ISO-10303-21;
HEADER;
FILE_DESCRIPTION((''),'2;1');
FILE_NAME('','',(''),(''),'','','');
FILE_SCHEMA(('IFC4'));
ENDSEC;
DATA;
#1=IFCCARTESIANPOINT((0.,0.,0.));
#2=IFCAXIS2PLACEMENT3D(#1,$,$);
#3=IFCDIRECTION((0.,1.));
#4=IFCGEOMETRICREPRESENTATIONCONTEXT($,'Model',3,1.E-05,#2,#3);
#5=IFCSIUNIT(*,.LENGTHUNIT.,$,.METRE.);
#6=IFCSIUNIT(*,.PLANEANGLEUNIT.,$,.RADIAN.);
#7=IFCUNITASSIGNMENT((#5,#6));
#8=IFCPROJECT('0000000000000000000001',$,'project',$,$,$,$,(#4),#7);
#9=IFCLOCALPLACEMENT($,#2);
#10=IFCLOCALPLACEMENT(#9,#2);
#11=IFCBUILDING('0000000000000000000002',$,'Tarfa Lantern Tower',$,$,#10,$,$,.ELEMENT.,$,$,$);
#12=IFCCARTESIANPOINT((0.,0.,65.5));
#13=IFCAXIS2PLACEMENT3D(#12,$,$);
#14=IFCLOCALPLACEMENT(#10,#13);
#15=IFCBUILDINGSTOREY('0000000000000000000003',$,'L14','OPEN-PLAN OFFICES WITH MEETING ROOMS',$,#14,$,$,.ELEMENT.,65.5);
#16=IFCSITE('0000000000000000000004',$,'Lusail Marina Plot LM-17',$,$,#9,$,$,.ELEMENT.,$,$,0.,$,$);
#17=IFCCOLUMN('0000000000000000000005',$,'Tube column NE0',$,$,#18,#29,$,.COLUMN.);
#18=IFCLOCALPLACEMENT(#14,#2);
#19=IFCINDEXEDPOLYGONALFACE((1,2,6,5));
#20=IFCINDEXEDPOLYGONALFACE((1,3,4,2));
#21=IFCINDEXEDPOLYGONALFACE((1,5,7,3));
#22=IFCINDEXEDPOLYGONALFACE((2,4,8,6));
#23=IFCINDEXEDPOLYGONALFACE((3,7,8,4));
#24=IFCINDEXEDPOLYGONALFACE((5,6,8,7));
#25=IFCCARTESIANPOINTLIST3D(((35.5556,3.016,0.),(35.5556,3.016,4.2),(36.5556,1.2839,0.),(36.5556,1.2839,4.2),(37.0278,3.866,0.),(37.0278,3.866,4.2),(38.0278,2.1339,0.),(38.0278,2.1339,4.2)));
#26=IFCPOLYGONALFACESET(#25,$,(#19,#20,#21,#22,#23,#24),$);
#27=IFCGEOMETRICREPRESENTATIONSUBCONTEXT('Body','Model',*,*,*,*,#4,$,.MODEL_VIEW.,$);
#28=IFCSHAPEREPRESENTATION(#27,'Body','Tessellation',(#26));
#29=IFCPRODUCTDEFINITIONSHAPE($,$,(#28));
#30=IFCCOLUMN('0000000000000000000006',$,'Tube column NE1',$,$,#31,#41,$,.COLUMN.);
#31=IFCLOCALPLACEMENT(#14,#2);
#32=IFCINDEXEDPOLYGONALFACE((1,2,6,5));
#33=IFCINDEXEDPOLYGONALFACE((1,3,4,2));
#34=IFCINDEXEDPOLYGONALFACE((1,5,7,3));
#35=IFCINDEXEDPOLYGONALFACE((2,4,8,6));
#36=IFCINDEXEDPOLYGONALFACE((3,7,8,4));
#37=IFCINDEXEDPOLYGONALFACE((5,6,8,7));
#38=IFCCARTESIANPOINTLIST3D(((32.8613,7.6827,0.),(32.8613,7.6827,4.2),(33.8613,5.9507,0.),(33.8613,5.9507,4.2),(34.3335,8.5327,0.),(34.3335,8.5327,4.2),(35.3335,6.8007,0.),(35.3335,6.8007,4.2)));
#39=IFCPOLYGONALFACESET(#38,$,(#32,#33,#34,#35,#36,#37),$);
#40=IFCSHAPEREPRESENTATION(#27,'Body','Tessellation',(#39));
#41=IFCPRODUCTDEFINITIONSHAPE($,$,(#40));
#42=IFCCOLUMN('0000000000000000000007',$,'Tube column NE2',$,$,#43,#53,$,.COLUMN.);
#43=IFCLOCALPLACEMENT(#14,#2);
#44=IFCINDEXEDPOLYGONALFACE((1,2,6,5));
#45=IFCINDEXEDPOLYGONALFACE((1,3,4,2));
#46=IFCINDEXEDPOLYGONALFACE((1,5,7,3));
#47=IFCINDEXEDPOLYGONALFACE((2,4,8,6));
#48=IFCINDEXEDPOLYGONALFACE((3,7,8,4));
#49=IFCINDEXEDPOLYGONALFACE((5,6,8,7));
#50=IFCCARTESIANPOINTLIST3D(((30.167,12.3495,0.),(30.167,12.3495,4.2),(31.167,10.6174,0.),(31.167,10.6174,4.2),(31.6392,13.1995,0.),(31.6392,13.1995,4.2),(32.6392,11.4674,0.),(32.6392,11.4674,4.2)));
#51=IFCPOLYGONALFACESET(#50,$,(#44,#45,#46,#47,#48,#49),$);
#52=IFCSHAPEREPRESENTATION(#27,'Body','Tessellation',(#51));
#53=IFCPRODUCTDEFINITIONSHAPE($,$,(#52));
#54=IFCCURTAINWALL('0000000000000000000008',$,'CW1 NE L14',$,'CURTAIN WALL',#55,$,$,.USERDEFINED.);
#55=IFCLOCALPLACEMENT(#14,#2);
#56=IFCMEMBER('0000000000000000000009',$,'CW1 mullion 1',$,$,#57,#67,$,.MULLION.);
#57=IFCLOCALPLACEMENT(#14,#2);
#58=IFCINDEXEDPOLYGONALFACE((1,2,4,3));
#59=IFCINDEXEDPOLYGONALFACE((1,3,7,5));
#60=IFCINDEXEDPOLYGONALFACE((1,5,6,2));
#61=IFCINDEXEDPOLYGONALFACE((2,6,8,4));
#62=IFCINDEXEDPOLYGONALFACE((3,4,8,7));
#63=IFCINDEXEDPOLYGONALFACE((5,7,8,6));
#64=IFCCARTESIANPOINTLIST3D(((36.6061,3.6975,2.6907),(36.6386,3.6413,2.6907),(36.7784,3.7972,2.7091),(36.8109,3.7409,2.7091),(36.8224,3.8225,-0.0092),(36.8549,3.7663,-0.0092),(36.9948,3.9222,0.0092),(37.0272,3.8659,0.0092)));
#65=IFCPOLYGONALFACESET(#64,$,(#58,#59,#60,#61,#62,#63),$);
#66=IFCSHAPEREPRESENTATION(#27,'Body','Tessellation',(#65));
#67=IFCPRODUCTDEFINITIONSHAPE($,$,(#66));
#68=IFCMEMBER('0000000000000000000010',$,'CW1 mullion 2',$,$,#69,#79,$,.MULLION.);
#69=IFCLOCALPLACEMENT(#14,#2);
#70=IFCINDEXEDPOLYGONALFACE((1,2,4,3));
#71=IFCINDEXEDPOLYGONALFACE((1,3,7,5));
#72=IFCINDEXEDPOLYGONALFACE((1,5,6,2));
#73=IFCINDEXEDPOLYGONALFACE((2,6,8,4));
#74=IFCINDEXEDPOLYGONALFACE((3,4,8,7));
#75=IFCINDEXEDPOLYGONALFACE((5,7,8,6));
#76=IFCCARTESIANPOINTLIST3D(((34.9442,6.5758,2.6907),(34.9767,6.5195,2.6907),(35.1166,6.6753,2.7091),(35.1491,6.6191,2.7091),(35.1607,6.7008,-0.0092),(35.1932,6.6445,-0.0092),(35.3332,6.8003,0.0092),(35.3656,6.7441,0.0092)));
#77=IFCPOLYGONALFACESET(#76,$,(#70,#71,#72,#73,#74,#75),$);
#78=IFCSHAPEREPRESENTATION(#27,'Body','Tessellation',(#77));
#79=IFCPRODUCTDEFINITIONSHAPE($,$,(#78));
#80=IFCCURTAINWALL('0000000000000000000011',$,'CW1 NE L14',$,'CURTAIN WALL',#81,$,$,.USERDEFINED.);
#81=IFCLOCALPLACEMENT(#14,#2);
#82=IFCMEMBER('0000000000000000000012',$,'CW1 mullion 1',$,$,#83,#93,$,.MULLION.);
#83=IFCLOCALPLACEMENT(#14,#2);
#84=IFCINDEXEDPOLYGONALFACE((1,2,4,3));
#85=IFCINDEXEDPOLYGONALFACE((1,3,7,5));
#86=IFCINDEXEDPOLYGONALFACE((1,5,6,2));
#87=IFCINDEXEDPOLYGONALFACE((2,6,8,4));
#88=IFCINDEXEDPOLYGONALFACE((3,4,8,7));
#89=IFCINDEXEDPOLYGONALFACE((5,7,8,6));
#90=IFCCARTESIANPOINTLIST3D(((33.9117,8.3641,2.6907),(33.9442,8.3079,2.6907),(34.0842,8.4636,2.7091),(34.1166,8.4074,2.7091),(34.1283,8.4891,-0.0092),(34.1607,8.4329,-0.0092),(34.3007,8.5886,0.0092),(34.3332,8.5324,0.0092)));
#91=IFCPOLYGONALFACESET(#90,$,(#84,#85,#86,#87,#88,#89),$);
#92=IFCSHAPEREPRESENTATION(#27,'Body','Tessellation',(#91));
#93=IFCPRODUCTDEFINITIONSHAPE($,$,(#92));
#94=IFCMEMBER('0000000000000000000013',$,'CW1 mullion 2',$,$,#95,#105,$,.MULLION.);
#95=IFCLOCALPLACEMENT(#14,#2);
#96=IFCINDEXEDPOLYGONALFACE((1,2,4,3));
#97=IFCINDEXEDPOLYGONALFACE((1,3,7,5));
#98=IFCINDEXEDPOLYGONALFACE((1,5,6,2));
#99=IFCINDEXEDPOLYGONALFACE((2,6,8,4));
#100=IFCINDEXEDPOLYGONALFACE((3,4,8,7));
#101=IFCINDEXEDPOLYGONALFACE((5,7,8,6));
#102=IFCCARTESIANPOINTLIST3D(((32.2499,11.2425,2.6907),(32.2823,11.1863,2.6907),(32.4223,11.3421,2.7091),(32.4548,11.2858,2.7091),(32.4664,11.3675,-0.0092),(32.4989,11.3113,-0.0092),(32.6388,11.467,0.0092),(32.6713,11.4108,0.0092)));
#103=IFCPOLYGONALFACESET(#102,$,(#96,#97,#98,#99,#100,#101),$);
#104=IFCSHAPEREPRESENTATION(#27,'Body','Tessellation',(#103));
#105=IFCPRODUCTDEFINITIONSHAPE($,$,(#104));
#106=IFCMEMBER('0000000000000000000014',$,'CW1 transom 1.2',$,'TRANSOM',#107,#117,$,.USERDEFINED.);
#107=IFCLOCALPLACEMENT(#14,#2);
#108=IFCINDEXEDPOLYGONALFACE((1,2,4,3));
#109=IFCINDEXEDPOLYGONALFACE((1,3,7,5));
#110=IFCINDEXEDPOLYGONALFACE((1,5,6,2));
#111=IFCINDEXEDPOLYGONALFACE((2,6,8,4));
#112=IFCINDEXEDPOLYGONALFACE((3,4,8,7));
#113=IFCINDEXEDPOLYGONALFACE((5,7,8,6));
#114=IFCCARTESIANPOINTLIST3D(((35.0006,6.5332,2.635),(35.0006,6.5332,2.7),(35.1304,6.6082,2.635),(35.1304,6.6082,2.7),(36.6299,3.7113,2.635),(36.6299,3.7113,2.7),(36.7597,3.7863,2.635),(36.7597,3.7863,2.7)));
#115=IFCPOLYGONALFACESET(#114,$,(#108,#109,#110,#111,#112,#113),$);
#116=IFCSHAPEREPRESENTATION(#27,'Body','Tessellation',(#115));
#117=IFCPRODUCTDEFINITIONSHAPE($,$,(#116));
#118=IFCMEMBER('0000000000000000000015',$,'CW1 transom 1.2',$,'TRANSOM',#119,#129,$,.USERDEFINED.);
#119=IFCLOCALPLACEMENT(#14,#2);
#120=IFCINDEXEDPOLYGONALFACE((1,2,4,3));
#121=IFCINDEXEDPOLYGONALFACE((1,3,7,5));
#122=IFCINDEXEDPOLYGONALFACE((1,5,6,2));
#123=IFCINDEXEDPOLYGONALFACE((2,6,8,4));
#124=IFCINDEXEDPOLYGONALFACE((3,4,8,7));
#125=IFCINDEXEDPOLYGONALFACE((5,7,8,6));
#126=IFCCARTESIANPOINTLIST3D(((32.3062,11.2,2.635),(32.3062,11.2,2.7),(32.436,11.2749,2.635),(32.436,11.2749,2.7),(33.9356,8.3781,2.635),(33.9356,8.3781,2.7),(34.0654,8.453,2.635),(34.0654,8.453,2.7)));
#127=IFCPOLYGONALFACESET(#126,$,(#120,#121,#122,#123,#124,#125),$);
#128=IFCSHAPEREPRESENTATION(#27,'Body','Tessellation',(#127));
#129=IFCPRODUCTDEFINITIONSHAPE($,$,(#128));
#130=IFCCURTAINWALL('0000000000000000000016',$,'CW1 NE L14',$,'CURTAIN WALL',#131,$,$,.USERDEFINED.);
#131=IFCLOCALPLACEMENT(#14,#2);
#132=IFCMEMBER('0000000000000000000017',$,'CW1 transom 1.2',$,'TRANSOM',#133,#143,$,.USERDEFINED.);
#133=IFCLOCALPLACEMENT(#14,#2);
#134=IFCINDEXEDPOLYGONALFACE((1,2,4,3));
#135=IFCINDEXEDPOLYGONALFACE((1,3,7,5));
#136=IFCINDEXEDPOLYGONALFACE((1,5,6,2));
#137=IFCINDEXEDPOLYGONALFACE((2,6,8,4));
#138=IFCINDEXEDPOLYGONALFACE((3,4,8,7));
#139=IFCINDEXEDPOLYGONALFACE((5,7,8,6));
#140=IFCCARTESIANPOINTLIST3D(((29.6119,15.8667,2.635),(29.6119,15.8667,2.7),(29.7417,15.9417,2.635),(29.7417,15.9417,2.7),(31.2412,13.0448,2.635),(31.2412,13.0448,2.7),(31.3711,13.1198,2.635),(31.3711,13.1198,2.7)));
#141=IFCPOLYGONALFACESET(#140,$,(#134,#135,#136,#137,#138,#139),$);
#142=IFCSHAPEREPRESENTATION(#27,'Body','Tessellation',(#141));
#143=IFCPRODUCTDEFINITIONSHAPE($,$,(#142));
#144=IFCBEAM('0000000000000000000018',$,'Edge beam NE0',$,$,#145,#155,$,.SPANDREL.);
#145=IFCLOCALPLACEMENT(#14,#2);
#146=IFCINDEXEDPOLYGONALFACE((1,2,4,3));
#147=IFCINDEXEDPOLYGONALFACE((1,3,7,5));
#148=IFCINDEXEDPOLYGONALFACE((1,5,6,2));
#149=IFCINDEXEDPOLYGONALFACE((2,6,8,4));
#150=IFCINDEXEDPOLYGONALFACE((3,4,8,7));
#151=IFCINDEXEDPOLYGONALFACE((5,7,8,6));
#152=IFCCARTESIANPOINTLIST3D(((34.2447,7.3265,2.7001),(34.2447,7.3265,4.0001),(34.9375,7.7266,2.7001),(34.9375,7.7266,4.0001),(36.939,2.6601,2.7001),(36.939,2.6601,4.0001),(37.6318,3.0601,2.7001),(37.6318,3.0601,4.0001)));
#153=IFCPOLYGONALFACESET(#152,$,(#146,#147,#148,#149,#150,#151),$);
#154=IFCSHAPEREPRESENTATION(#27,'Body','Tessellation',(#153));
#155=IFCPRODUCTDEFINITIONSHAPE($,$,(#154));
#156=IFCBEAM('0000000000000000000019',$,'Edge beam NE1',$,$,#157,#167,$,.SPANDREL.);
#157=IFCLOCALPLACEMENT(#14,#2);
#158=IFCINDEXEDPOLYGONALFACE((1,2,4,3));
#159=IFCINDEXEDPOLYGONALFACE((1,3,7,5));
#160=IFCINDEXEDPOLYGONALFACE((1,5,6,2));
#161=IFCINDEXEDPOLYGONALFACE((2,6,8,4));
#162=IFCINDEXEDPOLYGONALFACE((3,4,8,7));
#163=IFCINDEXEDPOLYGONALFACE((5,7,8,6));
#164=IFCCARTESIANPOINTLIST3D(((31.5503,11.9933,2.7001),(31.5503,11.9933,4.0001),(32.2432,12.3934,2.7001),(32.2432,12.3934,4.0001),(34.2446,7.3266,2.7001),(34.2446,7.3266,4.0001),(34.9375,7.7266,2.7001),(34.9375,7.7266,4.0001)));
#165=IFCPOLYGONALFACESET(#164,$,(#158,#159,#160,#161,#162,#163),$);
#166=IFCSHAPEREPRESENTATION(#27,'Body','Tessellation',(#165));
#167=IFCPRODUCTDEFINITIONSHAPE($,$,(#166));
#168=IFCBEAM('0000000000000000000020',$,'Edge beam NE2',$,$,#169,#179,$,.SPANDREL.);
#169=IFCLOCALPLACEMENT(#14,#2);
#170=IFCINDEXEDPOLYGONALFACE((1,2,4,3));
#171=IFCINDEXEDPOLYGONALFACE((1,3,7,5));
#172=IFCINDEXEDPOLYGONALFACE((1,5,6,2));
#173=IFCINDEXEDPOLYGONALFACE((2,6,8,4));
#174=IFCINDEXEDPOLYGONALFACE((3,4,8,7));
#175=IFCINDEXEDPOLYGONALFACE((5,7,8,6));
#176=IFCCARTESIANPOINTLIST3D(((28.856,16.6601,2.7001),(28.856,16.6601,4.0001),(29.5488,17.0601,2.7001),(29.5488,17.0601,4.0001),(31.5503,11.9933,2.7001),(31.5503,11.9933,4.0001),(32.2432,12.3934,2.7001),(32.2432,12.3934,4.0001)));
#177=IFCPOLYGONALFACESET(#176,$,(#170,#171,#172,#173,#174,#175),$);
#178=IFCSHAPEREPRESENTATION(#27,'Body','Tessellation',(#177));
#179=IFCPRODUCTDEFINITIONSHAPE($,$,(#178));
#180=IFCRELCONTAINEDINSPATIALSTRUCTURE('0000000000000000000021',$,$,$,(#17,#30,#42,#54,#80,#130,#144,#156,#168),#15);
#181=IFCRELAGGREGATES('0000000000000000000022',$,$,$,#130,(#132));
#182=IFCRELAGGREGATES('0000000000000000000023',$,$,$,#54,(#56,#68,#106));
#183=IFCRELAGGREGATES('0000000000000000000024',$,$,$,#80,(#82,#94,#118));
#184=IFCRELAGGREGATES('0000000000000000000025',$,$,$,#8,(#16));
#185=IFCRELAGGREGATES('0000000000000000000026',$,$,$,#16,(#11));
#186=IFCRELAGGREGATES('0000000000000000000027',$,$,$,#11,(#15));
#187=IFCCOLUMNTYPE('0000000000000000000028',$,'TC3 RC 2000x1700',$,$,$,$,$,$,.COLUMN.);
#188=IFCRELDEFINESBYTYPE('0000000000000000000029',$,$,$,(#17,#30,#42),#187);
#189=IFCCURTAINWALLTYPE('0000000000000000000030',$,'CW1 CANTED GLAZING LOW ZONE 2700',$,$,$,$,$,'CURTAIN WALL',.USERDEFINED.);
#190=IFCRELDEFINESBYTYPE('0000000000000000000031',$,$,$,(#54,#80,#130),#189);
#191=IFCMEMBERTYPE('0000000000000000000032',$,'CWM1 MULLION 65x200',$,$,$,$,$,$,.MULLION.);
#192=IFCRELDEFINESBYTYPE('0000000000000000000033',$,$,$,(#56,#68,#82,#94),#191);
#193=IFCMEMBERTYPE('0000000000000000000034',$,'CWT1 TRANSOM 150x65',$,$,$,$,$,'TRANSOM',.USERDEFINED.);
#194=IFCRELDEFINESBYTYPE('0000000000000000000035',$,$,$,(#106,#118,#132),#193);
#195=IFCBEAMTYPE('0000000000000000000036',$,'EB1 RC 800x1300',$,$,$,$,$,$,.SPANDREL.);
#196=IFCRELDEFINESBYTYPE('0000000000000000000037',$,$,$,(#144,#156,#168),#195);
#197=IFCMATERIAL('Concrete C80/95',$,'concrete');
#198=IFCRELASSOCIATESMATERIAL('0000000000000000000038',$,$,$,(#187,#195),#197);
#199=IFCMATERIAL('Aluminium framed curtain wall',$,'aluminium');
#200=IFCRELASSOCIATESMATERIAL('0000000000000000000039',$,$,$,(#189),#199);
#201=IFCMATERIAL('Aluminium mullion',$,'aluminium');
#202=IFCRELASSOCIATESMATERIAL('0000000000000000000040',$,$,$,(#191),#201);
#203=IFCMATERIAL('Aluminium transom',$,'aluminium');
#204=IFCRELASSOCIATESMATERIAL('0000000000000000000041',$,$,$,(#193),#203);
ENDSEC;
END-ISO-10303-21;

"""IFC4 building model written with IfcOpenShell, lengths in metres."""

from ifc_helpers import new_model, si_unit, direction, frame, origin, origin_2d, place, context, subcontext, project, spatial, rectangle, extrude, material, material_profile, profile_set, type_object, element, aggregate, save


model = new_model("IFC4")

# Units and contexts
model_context = context("Model", 3, precision=1e-05, world=origin(), true_north=direction((0.0, 1.0)))
body_context = subcontext(model_context, "Body", "Model", "MODEL_VIEW")
ifc_project = project(units=[si_unit("LENGTHUNIT", "METRE"), si_unit("PLANEANGLEUNIT", "RADIAN")], contexts=[model_context])

# Site, building, storey
site_placement = place(None, origin())
site = spatial("IfcSite", under=ifc_project, at=site_placement, Name="Lusail Marina Plot LM-17", CompositionType="ELEMENT", RefElevation=0.0)
building_placement = place(site_placement, origin())
building = spatial("IfcBuilding", under=site, at=building_placement, Name="Tarfa Lantern Tower", CompositionType="ELEMENT")
storey_placement = place(building_placement, frame((0.0, 0.0, 65.5)))
storey = spatial("IfcBuildingStorey", under=building, at=storey_placement, Name="L14", Description="OPEN-PLAN OFFICES WITH MEETING ROOMS", CompositionType="ELEMENT", Elevation=65.5)

# Columns
ifc_material_1 = material(Name="Concrete C80/95", Category="concrete")
ifc_material_profile_1 = material_profile(ifc_material_1, rectangle(XDim=2.0, YDim=1.7, at=origin_2d()), Name="RC 2000x1700")
ifc_profile_set_1 = profile_set([ifc_material_profile_1], Name="Concrete C80/95")
column_type = type_object("IfcColumnType", Name="TC3 RC 2000x1700", PredefinedType="COLUMN", material=ifc_profile_set_1)
for number, where, z_axis, x_axis, name in (
    (1, (36.7917, 2.575, 0.0), (0.0, 0.0, 1.0), (-0.5, 0.866025, 0.0), "Tube column NE0"),
    (2, (34.0974, 7.2417, 0.0), (0.0, 0.0, 1.0), (-0.5, 0.866025, 0.0), "Tube column NE1"),
    (3, (31.4031, 11.9084, 0.0), (0.0, 0.0, 1.0), (-0.5, 0.866025, 0.0), "Tube column NE2"),
):
    element("IfcColumn", number, at=place(storey_placement, frame(where, z_axis=z_axis, x_axis=x_axis)), inside=storey, type_object=column_type, Name=name, PredefinedType="COLUMN", context=body_context, shape_type="SweptSolid", body=[
        extrude(rectangle(XDim=2.0, YDim=1.7, at=origin_2d()), origin(), (0.0, 0.0, 1.0), 4.2),
    ])

# Curtain walls, members
ifc_material_2 = material(Name="Aluminium framed curtain wall", Category="aluminium")
curtain_wall_type = type_object("IfcCurtainWallType", Name="CW1 CANTED GLAZING LOW ZONE 2700", ElementType="CURTAIN WALL", PredefinedType="USERDEFINED", material=ifc_material_2)
curtain_wall_1_placement = place(storey_placement, origin())
curtain_wall_1 = element("IfcCurtainWall", 4, at=curtain_wall_1_placement, inside=storey, type_object=curtain_wall_type, Name="CW1 NE L14", ObjectType="CURTAIN WALL", PredefinedType="USERDEFINED")
ifc_material_3 = material(Name="Aluminium mullion", Category="aluminium")
ifc_material_profile_2 = material_profile(ifc_material_3, rectangle(XDim=0.0649, YDim=0.2, at=origin_2d()), Name="AL MULLION 65x200")
ifc_profile_set_2 = profile_set([ifc_material_profile_2], Name="Aluminium mullion")
member_type_1 = type_object("IfcMemberType", Name="CWM1 MULLION 65x200", PredefinedType="MULLION", material=ifc_profile_set_2)
member_1_placement = place(storey_placement, frame((36.9248, 3.8442, 0.0), z_axis=(-0.079775, -0.0461, 0.995746), x_axis=(0.500343, -0.865827, 0.0)))
member_1 = element("IfcMember", 5, at=member_1_placement, type_object=member_type_1, Name="CW1 mullion 1", PredefinedType="MULLION", context=body_context, shape_type="SweptSolid", body=[
    extrude(rectangle(XDim=0.0649, YDim=0.2, at=origin_2d()), origin(), (0.0, 0.0, 1.0), 2.7114),
])
member_2_placement = place(storey_placement, frame((35.2632, 6.7224, 0.0), z_axis=(-0.079864, -0.0461, 0.995739), x_axis=(0.49992, -0.866072, 0.0)))
member_2 = element("IfcMember", 6, at=member_2_placement, type_object=member_type_1, Name="CW1 mullion 2", PredefinedType="MULLION", context=body_context, shape_type="SweptSolid", body=[
    extrude(rectangle(XDim=0.0649, YDim=0.2, at=origin_2d()), origin(), (0.0, 0.0, 1.0), 2.7114),
])
curtain_wall_2_placement = place(storey_placement, origin())
curtain_wall_2 = element("IfcCurtainWall", 7, at=curtain_wall_2_placement, inside=storey, type_object=curtain_wall_type, Name="CW1 NE L14", ObjectType="CURTAIN WALL", PredefinedType="USERDEFINED")
member_3_placement = place(storey_placement, frame((34.2307, 8.5107, 0.0), z_axis=(-0.079864, -0.0461, 0.995739), x_axis=(0.49992, -0.866072, 0.0)))
member_3 = element("IfcMember", 8, at=member_3_placement, type_object=member_type_1, Name="CW1 mullion 1", PredefinedType="MULLION", context=body_context, shape_type="SweptSolid", body=[
    extrude(rectangle(XDim=0.0649, YDim=0.2, at=origin_2d()), origin(), (0.0, 0.0, 1.0), 2.7114),
])
member_4_placement = place(storey_placement, frame((32.5688, 11.3892, 0.0), z_axis=(-0.079864, -0.0461, 0.995739), x_axis=(0.49992, -0.866072, 0.0)))
member_4 = element("IfcMember", 9, at=member_4_placement, type_object=member_type_1, Name="CW1 mullion 2", PredefinedType="MULLION", context=body_context, shape_type="SweptSolid", body=[
    extrude(rectangle(XDim=0.0649, YDim=0.2, at=origin_2d()), origin(), (0.0, 0.0, 1.0), 2.7114),
])

# Members
ifc_material_4 = material(Name="Aluminium transom", Category="aluminium")
ifc_material_profile_3 = material_profile(ifc_material_4, rectangle(XDim=0.1499, YDim=0.0649, at=origin_2d()), Name="AL TRANSOM 150x65")
ifc_profile_set_3 = profile_set([ifc_material_profile_3], Name="Aluminium transom")
member_type_2 = type_object("IfcMemberType", Name="CWT1 TRANSOM 150x65", ElementType="TRANSOM", PredefinedType="USERDEFINED", material=ifc_profile_set_3)
member_5_placement = place(storey_placement, frame((36.6948, 3.7488, 2.6675), z_axis=(-0.500023, 0.866012, 0.0), x_axis=(-0.866012, -0.500023, 0.0)))
member_5 = element("IfcMember", 10, at=member_5_placement, type_object=member_type_2, Name="CW1 transom 1.2", ObjectType="TRANSOM", PredefinedType="USERDEFINED", context=body_context, shape_type="SweptSolid", body=[
    extrude(rectangle(XDim=0.1499, YDim=0.0649, at=origin_2d()), origin(), (0.0, 0.0, 1.0), 3.2585),
])
member_6_placement = place(storey_placement, frame((34.0005, 8.4155, 2.6675), z_axis=(-0.500023, 0.866012, 0.0), x_axis=(-0.866012, -0.500023, 0.0)))
member_6 = element("IfcMember", 11, at=member_6_placement, type_object=member_type_2, Name="CW1 transom 1.2", ObjectType="TRANSOM", PredefinedType="USERDEFINED", context=body_context, shape_type="SweptSolid", body=[
    extrude(rectangle(XDim=0.1499, YDim=0.0649, at=origin_2d()), origin(), (0.0, 0.0, 1.0), 3.2585),
])

# Curtain wall, member
curtain_wall_3_placement = place(storey_placement, origin())
curtain_wall_3 = element("IfcCurtainWall", 12, at=curtain_wall_3_placement, inside=storey, type_object=curtain_wall_type, Name="CW1 NE L14", ObjectType="CURTAIN WALL", PredefinedType="USERDEFINED")
member_7_placement = place(storey_placement, frame((31.3062, 13.0823, 2.6675), z_axis=(-0.500023, 0.866012, 0.0), x_axis=(-0.866012, -0.500023, 0.0)))
member_7 = element("IfcMember", 13, at=member_7_placement, type_object=member_type_2, Name="CW1 transom 1.2", ObjectType="TRANSOM", PredefinedType="USERDEFINED", context=body_context, shape_type="SweptSolid", body=[
    extrude(rectangle(XDim=0.1499, YDim=0.0649, at=origin_2d()), origin(), (0.0, 0.0, 1.0), 3.2585),
])
aggregate(curtain_wall_3, [member_7])

# Beams
ifc_material_profile_4 = material_profile(ifc_material_1, rectangle(XDim=0.8, YDim=1.3, at=origin_2d()), Name="RC 800x1300")
ifc_profile_set_4 = profile_set([ifc_material_profile_4], Name="Concrete C80/95")
beam_type_1 = type_object("IfcBeamType", Name="EB1 RC 800x1300", PredefinedType="SPANDREL", material=ifc_profile_set_4)
beam_1_placement = place(storey_placement, frame((37.2854, 2.8601, 3.3501), z_axis=(-0.500018, 0.866015, 0.0), x_axis=(-0.866015, -0.500018, 0.0)))
element("IfcBeam", 14, at=beam_1_placement, inside=storey, type_object=beam_type_1, Name="Edge beam NE0", PredefinedType="SPANDREL", context=body_context, shape_type="SweptSolid", body=[
    extrude(rectangle(XDim=0.8, YDim=1.3, at=origin_2d()), origin(), (0.0, 0.0, 1.0), 5.3884),
])
for number, where, z_axis, x_axis, name in (
    (15, (34.5911, 7.5266, 3.3501), (-0.499998, 0.866026, 0.0), (-0.866026, -0.499998, 0.0), "Edge beam NE1"),
    (16, (31.8967, 12.1934, 3.3501), (-0.499998, 0.866026, 0.0), (-0.866026, -0.499998, 0.0), "Edge beam NE2"),
):
    element("IfcBeam", number, at=place(storey_placement, frame(where, z_axis=z_axis, x_axis=x_axis)), inside=storey, type_object=beam_type_1, Name=name, PredefinedType="SPANDREL", context=body_context, shape_type="SweptSolid", body=[
        extrude(rectangle(XDim=0.8, YDim=1.3, at=origin_2d()), origin(), (0.0, 0.0, 1.0), 5.3887),
    ])

aggregate(curtain_wall_1, [member_1, member_2, member_5])
aggregate(curtain_wall_2, [member_3, member_4, member_6])

save(model, "model.ifc")
